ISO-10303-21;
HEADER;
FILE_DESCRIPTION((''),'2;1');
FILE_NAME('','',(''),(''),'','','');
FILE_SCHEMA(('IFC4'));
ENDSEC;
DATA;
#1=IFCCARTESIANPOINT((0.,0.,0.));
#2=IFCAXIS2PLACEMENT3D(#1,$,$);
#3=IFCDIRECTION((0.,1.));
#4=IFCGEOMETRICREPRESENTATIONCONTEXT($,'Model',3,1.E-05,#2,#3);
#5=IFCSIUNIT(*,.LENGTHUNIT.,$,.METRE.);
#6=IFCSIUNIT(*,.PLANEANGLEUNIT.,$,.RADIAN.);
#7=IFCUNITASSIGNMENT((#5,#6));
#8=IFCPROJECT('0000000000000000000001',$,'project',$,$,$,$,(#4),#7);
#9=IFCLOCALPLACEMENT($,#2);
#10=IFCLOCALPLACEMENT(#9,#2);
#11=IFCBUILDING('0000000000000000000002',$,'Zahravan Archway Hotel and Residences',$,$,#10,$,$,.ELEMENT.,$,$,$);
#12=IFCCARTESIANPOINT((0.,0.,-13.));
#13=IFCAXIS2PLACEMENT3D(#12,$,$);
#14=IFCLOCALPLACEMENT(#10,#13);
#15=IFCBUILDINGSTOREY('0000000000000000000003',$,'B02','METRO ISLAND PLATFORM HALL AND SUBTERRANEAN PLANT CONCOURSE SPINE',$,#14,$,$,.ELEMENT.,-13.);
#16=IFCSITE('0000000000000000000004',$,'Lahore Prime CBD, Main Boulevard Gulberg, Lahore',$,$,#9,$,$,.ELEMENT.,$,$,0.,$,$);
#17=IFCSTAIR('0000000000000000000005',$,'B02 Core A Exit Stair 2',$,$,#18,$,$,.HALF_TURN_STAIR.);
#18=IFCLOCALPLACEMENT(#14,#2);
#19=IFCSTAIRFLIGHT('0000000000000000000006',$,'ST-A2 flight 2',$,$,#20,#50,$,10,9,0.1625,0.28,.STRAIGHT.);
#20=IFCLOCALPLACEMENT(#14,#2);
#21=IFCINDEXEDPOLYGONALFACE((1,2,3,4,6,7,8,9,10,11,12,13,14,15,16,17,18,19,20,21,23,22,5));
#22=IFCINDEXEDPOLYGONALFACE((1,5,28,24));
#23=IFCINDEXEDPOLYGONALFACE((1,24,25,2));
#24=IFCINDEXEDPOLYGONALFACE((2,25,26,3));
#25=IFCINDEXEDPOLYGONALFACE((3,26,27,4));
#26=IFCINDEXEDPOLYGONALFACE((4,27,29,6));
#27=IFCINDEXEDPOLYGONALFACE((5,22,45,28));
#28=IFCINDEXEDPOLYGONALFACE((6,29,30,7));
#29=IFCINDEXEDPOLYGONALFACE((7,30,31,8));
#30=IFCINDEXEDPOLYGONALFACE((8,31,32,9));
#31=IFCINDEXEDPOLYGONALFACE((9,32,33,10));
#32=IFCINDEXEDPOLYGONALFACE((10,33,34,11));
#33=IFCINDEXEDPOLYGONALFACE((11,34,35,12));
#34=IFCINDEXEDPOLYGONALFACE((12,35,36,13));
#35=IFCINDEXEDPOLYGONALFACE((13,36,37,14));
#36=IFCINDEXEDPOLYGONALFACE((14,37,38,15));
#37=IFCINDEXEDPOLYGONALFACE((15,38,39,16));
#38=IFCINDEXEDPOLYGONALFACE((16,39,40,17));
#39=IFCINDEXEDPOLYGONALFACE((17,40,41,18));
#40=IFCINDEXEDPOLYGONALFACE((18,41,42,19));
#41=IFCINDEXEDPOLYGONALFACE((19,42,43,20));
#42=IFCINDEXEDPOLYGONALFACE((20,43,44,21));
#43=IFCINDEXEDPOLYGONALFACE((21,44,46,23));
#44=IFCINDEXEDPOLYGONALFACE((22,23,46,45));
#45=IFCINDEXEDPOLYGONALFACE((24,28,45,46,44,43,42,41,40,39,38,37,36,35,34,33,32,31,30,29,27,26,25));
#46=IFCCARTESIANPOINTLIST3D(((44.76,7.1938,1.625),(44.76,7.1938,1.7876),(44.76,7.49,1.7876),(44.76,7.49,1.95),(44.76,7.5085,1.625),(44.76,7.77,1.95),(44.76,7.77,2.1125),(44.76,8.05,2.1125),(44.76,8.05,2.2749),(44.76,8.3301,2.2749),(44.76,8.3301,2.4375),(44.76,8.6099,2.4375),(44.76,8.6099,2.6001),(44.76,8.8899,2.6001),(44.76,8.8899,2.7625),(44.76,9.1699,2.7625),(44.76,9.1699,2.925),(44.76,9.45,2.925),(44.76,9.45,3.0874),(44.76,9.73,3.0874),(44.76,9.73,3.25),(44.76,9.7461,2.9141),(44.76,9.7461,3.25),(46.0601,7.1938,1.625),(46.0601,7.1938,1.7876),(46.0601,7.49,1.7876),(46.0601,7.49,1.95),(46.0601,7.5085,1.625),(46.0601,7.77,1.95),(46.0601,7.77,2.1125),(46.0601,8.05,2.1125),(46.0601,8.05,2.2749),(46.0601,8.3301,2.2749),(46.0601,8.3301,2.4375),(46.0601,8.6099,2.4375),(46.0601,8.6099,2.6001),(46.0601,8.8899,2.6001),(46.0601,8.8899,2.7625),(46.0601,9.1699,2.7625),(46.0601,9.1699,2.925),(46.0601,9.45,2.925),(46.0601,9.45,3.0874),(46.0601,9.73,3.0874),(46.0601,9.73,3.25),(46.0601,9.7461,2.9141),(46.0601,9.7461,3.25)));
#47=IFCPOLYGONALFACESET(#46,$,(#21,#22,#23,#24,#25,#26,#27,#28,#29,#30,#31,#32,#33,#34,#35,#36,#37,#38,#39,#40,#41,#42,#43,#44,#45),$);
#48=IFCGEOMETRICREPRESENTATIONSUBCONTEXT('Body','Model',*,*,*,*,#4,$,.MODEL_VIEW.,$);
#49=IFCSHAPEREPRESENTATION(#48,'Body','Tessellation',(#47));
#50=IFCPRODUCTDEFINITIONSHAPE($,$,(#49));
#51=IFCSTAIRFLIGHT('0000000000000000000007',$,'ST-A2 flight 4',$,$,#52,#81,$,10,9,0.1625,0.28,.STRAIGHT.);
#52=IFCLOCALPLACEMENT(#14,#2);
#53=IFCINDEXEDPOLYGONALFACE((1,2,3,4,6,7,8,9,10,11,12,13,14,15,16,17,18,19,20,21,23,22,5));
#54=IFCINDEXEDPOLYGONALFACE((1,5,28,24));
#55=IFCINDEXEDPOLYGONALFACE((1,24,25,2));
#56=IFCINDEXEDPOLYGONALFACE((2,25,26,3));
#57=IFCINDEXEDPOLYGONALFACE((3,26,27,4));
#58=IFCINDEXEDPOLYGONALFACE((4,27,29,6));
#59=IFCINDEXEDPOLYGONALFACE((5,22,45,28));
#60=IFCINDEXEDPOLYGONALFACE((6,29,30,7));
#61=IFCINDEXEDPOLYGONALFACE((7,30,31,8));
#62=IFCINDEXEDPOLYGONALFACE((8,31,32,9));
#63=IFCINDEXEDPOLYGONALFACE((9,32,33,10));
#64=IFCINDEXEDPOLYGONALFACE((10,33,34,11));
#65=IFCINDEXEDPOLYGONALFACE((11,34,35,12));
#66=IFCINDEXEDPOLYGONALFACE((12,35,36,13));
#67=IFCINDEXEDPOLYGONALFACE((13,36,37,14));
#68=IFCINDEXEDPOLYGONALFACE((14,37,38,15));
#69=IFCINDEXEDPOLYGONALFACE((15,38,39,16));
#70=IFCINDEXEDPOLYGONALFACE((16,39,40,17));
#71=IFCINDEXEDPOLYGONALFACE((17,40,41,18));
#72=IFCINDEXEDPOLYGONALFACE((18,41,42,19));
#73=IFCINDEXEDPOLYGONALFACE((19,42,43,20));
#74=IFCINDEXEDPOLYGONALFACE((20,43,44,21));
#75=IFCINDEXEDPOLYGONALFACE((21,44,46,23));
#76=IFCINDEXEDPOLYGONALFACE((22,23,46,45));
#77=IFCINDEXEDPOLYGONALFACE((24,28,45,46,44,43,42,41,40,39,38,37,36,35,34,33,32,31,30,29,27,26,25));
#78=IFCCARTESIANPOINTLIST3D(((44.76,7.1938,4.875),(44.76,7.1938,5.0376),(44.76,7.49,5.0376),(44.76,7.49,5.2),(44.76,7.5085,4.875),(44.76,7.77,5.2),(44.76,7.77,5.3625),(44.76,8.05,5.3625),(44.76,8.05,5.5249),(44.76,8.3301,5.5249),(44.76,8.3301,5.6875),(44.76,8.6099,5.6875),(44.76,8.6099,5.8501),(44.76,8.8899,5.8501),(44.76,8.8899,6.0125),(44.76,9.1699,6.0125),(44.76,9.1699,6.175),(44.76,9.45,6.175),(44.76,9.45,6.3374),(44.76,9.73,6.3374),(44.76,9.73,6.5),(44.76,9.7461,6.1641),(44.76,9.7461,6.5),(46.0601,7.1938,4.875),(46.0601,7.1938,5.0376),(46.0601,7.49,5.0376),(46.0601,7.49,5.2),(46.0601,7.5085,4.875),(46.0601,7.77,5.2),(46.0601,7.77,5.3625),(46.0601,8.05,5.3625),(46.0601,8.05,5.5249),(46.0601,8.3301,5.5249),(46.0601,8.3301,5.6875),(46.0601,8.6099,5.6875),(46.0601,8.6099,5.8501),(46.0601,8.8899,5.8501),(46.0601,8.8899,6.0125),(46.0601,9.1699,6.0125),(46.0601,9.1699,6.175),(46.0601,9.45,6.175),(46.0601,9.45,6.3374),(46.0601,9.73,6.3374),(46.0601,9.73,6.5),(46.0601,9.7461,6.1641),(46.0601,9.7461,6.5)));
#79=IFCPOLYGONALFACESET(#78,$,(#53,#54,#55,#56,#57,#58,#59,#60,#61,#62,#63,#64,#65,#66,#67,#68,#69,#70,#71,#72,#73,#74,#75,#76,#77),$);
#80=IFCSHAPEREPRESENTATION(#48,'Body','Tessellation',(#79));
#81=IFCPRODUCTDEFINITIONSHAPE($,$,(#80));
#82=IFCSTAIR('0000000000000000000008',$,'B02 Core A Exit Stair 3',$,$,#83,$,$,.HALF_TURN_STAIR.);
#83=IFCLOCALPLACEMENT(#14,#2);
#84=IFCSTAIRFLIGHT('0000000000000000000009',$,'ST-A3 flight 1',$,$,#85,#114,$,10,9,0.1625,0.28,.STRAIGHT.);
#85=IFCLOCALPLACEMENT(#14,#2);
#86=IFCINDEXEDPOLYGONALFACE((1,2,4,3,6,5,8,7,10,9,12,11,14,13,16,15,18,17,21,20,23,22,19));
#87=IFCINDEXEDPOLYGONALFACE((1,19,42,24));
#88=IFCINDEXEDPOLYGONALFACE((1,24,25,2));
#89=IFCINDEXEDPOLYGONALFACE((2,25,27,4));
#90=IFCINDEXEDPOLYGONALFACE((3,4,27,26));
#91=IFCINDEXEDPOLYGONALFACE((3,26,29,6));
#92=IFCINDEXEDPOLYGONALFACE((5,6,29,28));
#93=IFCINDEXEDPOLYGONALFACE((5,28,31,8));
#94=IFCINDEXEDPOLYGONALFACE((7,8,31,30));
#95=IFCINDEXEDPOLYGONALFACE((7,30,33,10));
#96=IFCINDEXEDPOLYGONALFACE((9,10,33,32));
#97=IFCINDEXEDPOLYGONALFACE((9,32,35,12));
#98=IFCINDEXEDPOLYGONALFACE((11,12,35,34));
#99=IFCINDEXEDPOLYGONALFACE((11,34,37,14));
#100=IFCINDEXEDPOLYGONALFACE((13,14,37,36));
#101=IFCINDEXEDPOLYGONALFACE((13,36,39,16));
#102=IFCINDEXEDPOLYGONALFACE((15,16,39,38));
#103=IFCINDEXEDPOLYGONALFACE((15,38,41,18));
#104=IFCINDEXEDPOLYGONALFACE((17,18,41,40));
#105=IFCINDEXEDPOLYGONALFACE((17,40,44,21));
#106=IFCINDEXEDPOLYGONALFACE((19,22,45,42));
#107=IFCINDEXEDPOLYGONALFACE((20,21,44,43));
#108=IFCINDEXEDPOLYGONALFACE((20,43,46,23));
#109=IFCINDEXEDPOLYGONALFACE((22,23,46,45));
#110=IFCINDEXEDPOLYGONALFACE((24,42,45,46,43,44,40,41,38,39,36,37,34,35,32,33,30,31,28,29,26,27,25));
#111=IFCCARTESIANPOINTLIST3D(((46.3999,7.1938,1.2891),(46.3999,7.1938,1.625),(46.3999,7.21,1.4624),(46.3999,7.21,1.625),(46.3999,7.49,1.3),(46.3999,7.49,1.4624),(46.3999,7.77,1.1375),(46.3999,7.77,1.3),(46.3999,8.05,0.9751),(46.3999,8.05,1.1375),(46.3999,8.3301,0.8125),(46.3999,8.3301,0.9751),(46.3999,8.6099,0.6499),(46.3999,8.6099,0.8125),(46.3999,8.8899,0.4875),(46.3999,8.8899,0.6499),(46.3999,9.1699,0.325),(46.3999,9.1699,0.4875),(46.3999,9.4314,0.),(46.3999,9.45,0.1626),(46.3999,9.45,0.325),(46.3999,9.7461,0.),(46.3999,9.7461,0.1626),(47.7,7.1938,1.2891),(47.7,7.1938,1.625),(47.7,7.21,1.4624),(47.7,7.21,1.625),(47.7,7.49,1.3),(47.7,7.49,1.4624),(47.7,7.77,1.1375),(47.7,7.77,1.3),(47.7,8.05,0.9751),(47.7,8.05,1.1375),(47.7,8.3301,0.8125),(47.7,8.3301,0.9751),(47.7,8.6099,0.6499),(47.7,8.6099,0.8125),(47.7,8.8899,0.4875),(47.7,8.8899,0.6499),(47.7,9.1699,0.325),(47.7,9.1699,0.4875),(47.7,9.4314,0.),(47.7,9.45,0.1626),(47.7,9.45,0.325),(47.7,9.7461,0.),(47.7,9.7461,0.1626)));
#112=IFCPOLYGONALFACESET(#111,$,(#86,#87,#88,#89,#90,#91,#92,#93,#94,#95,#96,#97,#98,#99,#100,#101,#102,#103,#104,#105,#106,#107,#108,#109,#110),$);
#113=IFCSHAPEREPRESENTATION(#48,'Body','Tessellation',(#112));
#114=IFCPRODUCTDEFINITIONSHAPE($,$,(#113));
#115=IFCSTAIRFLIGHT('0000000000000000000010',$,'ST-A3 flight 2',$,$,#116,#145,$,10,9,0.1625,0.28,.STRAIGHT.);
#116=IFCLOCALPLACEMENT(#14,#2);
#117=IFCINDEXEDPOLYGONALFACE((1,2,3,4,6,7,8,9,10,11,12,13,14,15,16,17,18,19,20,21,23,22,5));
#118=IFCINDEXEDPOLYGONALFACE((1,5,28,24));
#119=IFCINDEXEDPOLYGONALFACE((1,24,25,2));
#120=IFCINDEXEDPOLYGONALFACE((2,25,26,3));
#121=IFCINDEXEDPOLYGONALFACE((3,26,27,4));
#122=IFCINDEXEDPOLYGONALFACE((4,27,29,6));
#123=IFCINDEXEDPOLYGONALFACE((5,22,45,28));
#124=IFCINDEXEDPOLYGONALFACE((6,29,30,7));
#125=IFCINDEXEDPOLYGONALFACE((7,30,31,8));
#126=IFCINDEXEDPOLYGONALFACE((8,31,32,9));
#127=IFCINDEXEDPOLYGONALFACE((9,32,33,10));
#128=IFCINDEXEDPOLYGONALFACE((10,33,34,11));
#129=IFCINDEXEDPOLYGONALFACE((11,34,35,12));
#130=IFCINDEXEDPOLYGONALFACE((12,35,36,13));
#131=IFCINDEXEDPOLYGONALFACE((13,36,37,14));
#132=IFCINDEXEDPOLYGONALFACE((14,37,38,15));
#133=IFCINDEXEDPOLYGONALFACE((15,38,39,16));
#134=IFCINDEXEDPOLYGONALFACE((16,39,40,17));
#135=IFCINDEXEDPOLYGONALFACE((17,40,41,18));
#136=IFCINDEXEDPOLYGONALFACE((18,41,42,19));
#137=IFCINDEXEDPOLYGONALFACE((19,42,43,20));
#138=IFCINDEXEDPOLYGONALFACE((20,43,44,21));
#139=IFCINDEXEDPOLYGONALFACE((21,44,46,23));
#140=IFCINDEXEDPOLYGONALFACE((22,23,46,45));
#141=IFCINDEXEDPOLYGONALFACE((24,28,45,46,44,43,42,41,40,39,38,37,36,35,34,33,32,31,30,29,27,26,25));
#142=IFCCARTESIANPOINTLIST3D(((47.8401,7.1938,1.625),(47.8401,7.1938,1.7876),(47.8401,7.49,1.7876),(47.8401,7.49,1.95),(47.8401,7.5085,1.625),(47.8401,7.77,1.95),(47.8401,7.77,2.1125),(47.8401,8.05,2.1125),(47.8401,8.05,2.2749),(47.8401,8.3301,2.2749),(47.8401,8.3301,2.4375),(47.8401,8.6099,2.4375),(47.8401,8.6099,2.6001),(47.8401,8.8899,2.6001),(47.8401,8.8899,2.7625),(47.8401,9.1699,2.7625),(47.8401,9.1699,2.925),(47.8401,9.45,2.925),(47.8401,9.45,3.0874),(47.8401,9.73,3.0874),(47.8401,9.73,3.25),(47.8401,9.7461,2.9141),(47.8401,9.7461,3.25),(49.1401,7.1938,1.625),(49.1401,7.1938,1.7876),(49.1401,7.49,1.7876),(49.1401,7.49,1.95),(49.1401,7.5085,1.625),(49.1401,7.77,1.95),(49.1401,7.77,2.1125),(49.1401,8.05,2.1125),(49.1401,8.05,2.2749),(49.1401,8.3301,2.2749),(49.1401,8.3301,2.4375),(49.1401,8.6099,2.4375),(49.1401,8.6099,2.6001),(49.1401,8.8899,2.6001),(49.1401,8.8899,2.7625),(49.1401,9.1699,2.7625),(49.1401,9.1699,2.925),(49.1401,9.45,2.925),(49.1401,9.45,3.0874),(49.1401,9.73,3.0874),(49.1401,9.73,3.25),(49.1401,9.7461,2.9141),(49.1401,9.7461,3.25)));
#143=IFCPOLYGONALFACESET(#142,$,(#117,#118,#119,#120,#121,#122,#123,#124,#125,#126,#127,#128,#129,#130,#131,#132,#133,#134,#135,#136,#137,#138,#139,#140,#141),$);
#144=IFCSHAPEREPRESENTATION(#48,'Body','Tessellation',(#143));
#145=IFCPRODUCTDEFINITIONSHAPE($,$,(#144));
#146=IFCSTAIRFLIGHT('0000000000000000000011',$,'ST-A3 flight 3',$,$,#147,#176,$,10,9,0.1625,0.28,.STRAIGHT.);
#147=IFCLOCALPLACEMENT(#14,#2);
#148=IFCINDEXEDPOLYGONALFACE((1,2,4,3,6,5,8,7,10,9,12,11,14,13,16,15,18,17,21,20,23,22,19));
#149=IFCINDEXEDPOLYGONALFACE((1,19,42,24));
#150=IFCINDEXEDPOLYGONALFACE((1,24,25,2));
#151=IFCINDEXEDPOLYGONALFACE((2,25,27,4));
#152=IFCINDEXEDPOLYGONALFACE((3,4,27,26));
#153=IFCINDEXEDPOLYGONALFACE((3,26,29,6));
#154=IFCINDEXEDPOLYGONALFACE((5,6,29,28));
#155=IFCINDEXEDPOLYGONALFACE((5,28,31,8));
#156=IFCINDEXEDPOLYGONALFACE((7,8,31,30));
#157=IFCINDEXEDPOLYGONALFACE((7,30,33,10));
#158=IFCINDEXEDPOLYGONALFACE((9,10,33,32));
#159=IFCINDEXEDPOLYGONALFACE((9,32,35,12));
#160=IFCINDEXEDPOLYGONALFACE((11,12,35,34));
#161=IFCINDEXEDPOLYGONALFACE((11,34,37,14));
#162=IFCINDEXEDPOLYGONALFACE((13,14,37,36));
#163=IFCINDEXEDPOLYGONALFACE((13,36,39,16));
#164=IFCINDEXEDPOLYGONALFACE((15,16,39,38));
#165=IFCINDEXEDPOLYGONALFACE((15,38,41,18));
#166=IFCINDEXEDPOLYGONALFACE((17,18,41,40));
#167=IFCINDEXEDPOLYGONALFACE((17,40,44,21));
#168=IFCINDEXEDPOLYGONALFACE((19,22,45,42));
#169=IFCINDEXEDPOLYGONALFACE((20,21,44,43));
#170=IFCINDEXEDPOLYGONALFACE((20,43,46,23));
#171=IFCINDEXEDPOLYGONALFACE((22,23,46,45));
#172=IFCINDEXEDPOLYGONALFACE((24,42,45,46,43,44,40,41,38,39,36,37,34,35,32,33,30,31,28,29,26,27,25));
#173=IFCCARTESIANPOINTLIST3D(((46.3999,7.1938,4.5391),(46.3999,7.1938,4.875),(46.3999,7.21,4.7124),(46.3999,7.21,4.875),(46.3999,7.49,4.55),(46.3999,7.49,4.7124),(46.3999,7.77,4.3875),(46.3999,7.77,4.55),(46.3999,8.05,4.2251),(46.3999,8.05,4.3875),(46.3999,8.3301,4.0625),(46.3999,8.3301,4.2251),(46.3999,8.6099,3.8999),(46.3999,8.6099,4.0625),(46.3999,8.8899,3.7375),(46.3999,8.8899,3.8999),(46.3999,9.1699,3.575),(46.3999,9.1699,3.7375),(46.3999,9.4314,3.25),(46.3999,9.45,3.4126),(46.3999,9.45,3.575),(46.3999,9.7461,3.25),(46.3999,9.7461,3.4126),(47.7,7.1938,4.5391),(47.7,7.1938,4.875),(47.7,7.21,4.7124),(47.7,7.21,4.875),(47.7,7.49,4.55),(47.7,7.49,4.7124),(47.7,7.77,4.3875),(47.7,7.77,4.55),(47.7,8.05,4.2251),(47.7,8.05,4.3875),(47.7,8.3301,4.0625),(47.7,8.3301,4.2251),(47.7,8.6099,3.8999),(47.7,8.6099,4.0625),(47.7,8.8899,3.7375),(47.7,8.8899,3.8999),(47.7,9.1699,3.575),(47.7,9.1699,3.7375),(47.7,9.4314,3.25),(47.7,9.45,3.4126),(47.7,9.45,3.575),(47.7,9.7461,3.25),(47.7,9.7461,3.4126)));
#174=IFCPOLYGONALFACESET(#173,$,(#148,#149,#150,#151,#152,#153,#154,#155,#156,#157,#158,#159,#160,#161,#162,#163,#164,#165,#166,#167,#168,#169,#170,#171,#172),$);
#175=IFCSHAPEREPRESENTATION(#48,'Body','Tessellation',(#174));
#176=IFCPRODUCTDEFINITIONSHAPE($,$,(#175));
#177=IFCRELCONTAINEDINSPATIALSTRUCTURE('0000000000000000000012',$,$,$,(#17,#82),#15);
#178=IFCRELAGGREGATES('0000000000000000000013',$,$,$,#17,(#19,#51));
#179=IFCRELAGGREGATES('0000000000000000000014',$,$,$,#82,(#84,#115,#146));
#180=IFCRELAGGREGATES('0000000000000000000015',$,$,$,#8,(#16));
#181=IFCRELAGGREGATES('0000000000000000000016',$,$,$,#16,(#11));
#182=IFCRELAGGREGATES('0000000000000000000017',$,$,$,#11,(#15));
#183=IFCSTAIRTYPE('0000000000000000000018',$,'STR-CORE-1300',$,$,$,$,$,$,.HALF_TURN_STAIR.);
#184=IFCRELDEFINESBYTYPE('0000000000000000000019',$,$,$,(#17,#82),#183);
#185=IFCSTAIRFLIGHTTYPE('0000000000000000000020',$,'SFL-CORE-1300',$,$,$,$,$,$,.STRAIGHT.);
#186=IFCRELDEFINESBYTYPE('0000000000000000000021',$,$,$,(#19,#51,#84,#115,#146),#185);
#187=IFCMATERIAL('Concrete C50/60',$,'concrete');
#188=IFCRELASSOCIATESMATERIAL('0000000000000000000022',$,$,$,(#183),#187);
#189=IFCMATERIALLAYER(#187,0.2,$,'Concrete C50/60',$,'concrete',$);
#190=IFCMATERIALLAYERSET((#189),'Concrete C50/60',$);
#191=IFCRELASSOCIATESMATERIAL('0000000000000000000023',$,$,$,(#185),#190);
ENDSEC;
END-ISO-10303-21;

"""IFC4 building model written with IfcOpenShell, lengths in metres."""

from ifc_helpers import new_model, si_unit, direction, frame, origin, place, context, subcontext, project, spatial, polyline, outline, extrude, source, transform, mapped, material, layer, layer_set, type_object, type_shapes, element, aggregate, save


model = new_model("IFC4")

# Units and contexts
model_context = context("Model", 3, precision=1e-05, world=origin(), true_north=direction((0.0, 1.0)))
body_context = subcontext(model_context, "Body", "Model", "MODEL_VIEW")
ifc_project = project(units=[si_unit("LENGTHUNIT", "METRE"), si_unit("PLANEANGLEUNIT", "RADIAN")], contexts=[model_context])

# Site, building, storey
site_placement = place(None, origin())
site = spatial("IfcSite", under=ifc_project, at=site_placement, Name="Lahore Prime CBD, Main Boulevard Gulberg, Lahore", CompositionType="ELEMENT", RefElevation=0.0)
building_placement = place(site_placement, origin())
building = spatial("IfcBuilding", under=site, at=building_placement, Name="Zahravan Archway Hotel and Residences", CompositionType="ELEMENT")
storey_placement = place(building_placement, frame((0.0, 0.0, -13.0)))
storey = spatial("IfcBuildingStorey", under=building, at=storey_placement, Name="B02", Description="METRO ISLAND PLATFORM HALL AND SUBTERRANEAN PLANT CONCOURSE SPINE", CompositionType="ELEMENT", Elevation=-13.0)

# Shared definitions
ifc_material_1 = material(Name="Concrete C50/60", Category="concrete")

# Stairs, stair flights
stair_type = type_object("IfcStairType", Name="STR-CORE-1300", PredefinedType="HALF_TURN_STAIR", material=ifc_material_1)
stair_1_placement = place(storey_placement, origin())
stair_1 = element("IfcStair", 1, at=stair_1_placement, inside=storey, type_object=stair_type, Name="B02 Core A Exit Stair 2", PredefinedType="HALF_TURN_STAIR")
ifc_layer_1 = layer(ifc_material_1, 0.2, Name="Concrete C50/60", Category="concrete")
ifc_layer_set_1 = layer_set([ifc_layer_1], Name="Concrete C50/60")
stair_flight_type = type_object("IfcStairFlightType", Name="SFL-CORE-1300", PredefinedType="STRAIGHT", material=ifc_layer_set_1)
shared_shape_1 = source(origin(), body_context, "Body", "SweptSolid", [
    extrude(outline(polyline([(-0.0161, 0.0), (-0.0161, 0.1626), (0.28, 0.1626), (0.28, 0.325), (0.5601, 0.325), (0.5601, 0.4875), (0.8401, 0.4875), (0.8401, 0.6499), (1.1201, 0.6499), (1.1201, 0.8125), (1.3999, 0.8125), (1.3999, 0.9751), (1.6799, 0.9751), (1.6799, 1.1375), (1.96, 1.1375), (1.96, 1.3), (2.24, 1.3), (2.24, 1.4624), (2.52, 1.4624), (2.52, 1.625), (2.5361, 1.625), (2.5361, 1.2891), (0.2986, 0.0), (-0.0161, 0.0)])), frame((0.0, 0.6499, 0.0), z_axis=(0.0, -1.0, 0.0), x_axis=(1.0, 0.0, 0.0)), (0.0, 0.0, 1.0), 1.3),
])
type_shapes(stair_flight_type, [shared_shape_1])
stair_flight_1_placement = place(storey_placement, frame((45.4099, 7.21, 1.625), z_axis=(0.0, 0.0, 1.0), x_axis=(0.0, 1.0, 0.0)))
stair_flight_1 = element("IfcStairFlight", 2, at=stair_flight_1_placement, type_object=stair_flight_type, Name="ST-A2 flight 2", NumberOfRisers=10, NumberOfTreads=9, PredefinedType="STRAIGHT", RiserHeight=0.1625, TreadLength=0.28, context=body_context, shape_type="MappedRepresentation", body=[
    mapped(shared_shape_1, transform((0.0, 0.0, 0.0), scale=1.0)),
])
stair_flight_2_placement = place(storey_placement, frame((45.4099, 7.21, 4.875), z_axis=(0.0, 0.0, 1.0), x_axis=(0.0, 1.0, 0.0)))
stair_flight_2 = element("IfcStairFlight", 3, at=stair_flight_2_placement, type_object=stair_flight_type, Name="ST-A2 flight 4", NumberOfRisers=10, NumberOfTreads=9, PredefinedType="STRAIGHT", RiserHeight=0.1625, TreadLength=0.28, context=body_context, shape_type="MappedRepresentation", body=[
    mapped(shared_shape_1, transform((0.0, 0.0, 0.0), scale=1.0)),
])
aggregate(stair_1, [stair_flight_1, stair_flight_2])
stair_2_placement = place(storey_placement, origin())
stair_2 = element("IfcStair", 4, at=stair_2_placement, inside=storey, type_object=stair_type, Name="B02 Core A Exit Stair 3", PredefinedType="HALF_TURN_STAIR")
stair_flight_3_placement = place(storey_placement, frame((47.05, 9.73, 0.0), z_axis=(0.0, 0.0, 1.0), x_axis=(0.0, -1.0, 0.0)))
stair_flight_3 = element("IfcStairFlight", 5, at=stair_flight_3_placement, type_object=stair_flight_type, Name="ST-A3 flight 1", NumberOfRisers=10, NumberOfTreads=9, PredefinedType="STRAIGHT", RiserHeight=0.1625, TreadLength=0.28, context=body_context, shape_type="MappedRepresentation", body=[
    mapped(shared_shape_1, transform((0.0, 0.0, 0.0), scale=1.0)),
])
stair_flight_4_placement = place(storey_placement, frame((48.49, 7.21, 1.625), z_axis=(0.0, 0.0, 1.0), x_axis=(0.0, 1.0, 0.0)))
stair_flight_4 = element("IfcStairFlight", 6, at=stair_flight_4_placement, type_object=stair_flight_type, Name="ST-A3 flight 2", NumberOfRisers=10, NumberOfTreads=9, PredefinedType="STRAIGHT", RiserHeight=0.1625, TreadLength=0.28, context=body_context, shape_type="MappedRepresentation", body=[
    mapped(shared_shape_1, transform((0.0, 0.0, 0.0), scale=1.0)),
])
stair_flight_5_placement = place(storey_placement, frame((47.05, 9.73, 3.25), z_axis=(0.0, 0.0, 1.0), x_axis=(0.0, -1.0, 0.0)))
stair_flight_5 = element("IfcStairFlight", 7, at=stair_flight_5_placement, type_object=stair_flight_type, Name="ST-A3 flight 3", NumberOfRisers=10, NumberOfTreads=9, PredefinedType="STRAIGHT", RiserHeight=0.1625, TreadLength=0.28, context=body_context, shape_type="MappedRepresentation", body=[
    mapped(shared_shape_1, transform((0.0, 0.0, 0.0), scale=1.0)),
])
aggregate(stair_2, [stair_flight_3, stair_flight_4, stair_flight_5])

save(model, "model.ifc")
